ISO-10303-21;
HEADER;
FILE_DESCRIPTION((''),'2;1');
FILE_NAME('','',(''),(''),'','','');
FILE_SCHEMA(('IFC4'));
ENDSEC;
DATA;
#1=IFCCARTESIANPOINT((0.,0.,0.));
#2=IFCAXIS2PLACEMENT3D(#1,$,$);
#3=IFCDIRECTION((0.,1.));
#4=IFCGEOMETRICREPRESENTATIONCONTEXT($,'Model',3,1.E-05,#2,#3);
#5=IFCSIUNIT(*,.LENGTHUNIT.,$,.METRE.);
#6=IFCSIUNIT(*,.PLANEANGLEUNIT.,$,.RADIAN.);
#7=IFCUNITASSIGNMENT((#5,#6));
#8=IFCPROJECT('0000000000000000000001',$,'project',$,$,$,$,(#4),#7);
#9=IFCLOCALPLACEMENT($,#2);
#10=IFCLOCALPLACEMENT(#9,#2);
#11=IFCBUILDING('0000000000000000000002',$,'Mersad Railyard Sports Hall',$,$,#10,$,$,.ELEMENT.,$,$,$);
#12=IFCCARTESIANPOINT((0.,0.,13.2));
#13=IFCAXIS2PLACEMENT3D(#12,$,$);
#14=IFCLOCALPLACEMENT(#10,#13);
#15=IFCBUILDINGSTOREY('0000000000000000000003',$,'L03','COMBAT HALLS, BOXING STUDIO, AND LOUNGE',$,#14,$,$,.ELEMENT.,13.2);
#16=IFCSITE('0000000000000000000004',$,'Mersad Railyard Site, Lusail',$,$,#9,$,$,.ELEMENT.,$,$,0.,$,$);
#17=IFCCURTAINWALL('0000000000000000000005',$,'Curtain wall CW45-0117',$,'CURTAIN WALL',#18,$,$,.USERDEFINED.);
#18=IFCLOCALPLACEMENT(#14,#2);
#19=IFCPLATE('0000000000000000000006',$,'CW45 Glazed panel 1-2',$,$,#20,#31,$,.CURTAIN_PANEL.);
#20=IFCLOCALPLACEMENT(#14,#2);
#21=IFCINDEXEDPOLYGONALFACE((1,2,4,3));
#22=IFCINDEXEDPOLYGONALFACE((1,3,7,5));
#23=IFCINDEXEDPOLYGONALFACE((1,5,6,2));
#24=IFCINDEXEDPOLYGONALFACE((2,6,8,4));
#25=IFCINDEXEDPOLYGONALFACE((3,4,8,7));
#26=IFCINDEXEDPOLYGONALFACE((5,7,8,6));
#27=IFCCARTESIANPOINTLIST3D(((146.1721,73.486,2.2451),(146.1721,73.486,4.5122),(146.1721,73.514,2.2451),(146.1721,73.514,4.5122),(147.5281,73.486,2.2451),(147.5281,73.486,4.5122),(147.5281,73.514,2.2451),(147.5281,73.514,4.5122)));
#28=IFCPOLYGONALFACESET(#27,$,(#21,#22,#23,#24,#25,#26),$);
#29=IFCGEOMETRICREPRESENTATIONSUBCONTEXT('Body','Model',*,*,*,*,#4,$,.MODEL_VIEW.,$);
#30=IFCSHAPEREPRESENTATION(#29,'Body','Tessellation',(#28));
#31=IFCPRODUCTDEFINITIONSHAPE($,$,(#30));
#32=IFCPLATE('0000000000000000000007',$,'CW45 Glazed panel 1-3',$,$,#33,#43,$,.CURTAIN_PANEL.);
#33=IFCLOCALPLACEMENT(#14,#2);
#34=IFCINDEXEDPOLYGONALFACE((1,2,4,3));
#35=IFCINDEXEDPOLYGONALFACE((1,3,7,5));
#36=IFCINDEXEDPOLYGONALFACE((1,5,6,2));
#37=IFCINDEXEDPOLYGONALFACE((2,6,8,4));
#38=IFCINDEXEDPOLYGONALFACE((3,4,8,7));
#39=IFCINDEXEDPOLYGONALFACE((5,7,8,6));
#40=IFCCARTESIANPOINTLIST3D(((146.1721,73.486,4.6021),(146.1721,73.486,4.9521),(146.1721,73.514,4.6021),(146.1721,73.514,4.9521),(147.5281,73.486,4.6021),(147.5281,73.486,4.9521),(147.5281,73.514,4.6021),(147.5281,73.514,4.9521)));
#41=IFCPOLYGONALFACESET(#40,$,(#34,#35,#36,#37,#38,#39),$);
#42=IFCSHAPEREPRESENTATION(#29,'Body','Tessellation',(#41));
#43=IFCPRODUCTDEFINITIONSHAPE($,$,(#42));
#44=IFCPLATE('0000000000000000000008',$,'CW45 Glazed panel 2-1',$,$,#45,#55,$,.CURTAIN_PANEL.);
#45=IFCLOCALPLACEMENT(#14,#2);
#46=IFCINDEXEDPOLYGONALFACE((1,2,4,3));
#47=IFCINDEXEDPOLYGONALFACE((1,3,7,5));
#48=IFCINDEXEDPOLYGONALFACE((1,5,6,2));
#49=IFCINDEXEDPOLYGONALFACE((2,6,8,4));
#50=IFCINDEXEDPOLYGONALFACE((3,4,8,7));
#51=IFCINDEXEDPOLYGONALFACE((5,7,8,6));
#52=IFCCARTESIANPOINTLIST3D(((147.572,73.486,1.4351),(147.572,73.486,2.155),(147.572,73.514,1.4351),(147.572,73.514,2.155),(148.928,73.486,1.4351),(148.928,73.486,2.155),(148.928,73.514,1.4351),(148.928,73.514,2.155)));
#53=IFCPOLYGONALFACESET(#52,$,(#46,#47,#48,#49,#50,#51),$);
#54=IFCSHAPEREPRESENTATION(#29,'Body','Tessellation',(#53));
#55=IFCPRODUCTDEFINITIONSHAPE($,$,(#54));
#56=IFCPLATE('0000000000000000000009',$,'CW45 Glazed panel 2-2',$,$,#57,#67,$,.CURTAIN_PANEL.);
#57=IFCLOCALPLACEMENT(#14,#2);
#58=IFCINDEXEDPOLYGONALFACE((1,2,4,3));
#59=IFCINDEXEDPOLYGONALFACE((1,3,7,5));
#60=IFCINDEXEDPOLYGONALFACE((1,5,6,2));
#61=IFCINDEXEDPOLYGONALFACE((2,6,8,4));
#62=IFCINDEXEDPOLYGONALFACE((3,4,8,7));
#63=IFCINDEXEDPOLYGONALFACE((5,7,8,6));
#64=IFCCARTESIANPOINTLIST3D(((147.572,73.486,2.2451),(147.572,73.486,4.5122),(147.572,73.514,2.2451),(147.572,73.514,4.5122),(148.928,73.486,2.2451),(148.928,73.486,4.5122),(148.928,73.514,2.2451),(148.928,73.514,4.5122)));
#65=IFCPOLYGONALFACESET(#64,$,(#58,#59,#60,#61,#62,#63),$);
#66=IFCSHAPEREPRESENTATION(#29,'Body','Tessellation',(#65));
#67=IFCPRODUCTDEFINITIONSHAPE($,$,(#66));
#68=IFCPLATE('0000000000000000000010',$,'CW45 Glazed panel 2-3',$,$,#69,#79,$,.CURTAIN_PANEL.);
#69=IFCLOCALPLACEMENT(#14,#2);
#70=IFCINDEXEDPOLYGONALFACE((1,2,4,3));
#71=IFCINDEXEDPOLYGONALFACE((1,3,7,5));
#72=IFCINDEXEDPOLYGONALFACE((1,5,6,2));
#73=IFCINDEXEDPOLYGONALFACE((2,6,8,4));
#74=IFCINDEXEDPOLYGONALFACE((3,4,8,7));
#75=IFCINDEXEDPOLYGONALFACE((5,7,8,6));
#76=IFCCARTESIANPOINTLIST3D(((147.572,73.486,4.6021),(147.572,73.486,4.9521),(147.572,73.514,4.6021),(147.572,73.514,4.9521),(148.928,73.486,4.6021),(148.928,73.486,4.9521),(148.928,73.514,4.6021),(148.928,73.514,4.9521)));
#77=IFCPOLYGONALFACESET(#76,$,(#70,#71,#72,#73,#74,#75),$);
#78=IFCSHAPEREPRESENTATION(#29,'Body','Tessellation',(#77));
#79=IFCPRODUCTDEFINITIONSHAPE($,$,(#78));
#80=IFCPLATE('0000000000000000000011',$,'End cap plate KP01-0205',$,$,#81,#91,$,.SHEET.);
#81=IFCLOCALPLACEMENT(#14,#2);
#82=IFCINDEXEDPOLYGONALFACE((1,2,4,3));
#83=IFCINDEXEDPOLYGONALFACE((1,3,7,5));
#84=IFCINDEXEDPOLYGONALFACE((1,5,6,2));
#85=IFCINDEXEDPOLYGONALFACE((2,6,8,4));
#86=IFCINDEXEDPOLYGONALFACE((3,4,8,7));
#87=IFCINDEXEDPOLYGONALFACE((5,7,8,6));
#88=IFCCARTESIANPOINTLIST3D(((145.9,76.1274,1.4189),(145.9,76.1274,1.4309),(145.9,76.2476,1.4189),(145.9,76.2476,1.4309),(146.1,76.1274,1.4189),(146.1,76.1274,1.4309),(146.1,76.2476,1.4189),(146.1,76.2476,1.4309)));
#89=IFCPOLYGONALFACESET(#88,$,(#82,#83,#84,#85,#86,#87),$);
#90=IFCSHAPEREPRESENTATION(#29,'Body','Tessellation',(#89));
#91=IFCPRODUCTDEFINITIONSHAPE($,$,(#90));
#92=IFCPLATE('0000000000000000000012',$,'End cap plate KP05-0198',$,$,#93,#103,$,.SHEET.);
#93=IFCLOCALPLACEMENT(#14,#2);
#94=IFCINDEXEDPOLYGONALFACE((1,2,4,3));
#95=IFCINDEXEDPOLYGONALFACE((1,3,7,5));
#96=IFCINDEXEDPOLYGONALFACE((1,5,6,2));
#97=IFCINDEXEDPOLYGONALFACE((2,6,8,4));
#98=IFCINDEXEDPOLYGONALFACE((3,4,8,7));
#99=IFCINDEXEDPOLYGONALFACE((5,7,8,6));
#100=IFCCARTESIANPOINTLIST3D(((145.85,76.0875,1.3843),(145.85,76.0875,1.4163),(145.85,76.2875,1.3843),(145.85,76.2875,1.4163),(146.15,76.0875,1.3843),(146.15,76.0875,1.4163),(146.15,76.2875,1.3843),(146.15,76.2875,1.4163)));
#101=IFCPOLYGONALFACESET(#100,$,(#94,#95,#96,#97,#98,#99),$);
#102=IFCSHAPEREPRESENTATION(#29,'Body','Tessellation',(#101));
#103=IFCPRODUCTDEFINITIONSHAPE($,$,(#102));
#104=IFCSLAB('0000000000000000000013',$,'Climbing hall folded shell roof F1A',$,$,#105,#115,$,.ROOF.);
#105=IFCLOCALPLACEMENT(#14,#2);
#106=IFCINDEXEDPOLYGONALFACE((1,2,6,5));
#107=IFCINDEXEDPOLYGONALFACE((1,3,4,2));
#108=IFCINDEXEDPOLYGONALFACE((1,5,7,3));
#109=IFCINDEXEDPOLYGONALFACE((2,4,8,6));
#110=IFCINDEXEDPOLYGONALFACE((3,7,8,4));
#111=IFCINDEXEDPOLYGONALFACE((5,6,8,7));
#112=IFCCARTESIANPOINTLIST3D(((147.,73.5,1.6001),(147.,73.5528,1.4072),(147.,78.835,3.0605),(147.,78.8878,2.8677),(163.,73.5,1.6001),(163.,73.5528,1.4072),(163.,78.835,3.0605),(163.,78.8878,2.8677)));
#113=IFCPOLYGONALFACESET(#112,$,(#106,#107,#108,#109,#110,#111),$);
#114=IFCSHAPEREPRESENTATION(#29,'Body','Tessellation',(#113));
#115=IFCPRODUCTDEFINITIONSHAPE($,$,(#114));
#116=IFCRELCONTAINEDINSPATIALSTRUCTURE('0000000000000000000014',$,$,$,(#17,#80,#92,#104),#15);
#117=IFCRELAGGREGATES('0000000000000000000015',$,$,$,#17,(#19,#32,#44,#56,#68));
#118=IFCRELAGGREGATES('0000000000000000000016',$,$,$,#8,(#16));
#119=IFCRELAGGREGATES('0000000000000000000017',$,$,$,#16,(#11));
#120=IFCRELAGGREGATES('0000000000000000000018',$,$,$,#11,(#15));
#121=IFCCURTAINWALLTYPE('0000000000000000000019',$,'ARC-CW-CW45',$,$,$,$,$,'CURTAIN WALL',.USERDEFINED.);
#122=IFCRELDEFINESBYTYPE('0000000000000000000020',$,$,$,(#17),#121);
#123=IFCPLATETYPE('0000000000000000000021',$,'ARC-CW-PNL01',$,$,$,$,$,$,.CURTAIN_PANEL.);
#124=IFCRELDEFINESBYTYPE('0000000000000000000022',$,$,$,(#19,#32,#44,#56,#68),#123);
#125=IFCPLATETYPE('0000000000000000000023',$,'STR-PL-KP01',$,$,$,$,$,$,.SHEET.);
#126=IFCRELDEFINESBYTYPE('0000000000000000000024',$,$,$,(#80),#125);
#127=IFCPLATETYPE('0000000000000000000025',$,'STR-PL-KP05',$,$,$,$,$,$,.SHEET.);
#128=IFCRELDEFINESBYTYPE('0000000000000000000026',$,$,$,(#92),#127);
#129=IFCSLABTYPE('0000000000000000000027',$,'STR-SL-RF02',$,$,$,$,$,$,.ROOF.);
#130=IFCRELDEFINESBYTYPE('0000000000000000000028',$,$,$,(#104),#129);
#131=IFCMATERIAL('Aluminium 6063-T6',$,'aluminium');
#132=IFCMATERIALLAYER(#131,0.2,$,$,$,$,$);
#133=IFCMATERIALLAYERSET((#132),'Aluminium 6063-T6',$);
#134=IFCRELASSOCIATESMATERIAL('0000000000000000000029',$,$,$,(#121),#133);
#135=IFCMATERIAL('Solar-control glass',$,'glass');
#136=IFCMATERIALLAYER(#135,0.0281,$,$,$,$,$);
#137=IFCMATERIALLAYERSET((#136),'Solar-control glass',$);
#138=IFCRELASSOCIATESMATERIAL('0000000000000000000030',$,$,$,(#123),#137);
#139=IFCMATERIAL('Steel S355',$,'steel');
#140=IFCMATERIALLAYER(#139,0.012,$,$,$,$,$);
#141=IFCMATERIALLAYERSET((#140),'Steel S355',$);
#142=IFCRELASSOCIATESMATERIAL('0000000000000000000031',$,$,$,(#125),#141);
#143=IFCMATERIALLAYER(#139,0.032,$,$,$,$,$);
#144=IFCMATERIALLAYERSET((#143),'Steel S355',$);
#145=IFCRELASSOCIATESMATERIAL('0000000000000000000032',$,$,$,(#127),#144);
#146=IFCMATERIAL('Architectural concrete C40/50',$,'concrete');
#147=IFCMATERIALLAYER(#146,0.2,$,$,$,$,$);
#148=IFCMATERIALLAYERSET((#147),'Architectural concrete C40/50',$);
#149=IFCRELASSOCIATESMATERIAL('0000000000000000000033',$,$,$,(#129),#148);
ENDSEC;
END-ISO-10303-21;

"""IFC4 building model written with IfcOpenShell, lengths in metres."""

from ifc_helpers import new_model, si_unit, direction, frame, origin, origin_2d, place, context, subcontext, project, spatial, polyline, rectangle, outline, extrude, material, layer, layer_set, type_object, element, aggregate, save


model = new_model("IFC4")

# Units and contexts
model_context = context("Model", 3, precision=1e-05, world=origin(), true_north=direction((0.0, 1.0)))
body_context = subcontext(model_context, "Body", "Model", "MODEL_VIEW")
ifc_project = project(units=[si_unit("LENGTHUNIT", "METRE"), si_unit("PLANEANGLEUNIT", "RADIAN")], contexts=[model_context])

# Site, building, storey
site_placement = place(None, origin())
site = spatial("IfcSite", under=ifc_project, at=site_placement, Name="Mersad Railyard Site, Lusail", CompositionType="ELEMENT", RefElevation=0.0)
building_placement = place(site_placement, origin())
building = spatial("IfcBuilding", under=site, at=building_placement, Name="Mersad Railyard Sports Hall", CompositionType="ELEMENT")
storey_placement = place(building_placement, frame((0.0, 0.0, 13.2)))
storey = spatial("IfcBuildingStorey", under=building, at=storey_placement, Name="L03", Description="COMBAT HALLS, BOXING STUDIO, AND LOUNGE", CompositionType="ELEMENT", Elevation=13.2)

# Shared definitions
ifc_material_1 = material(Name="Aluminium 6063-T6", Category="aluminium")

# Curtain wall
ifc_layer_1 = layer(ifc_material_1, 0.2)
ifc_layer_set_1 = layer_set([ifc_layer_1], Name="Aluminium 6063-T6")
curtain_wall_type_1 = type_object("IfcCurtainWallType", Name="ARC-CW-CW45", ElementType="CURTAIN WALL", PredefinedType="USERDEFINED", material=ifc_layer_set_1)
curtain_wall_1_placement = place(storey_placement, origin())
curtain_wall_1 = element("IfcCurtainWall", 1, at=curtain_wall_1_placement, inside=storey, type_object=curtain_wall_type_1, Name="Curtain wall CW45-0117", ObjectType="CURTAIN WALL", PredefinedType="USERDEFINED")

# Shared definitions
ifc_material_2 = material(Name="Steel S355", Category="steel")

# Plates
ifc_material_3 = material(Name="Solar-control glass", Category="glass")
ifc_layer_2 = layer(ifc_material_3, 0.0281)
ifc_layer_set_2 = layer_set([ifc_layer_2], Name="Solar-control glass")
plate_type_1 = type_object("IfcPlateType", Name="ARC-CW-PNL01", PredefinedType="CURTAIN_PANEL", material=ifc_layer_set_2)
plate_1_placement = place(storey_placement, frame((146.8501, 73.5, 2.2451), z_axis=(0.0, 0.0, 1.0), x_axis=(1.0, 0.0, 0.0)))
plate_1 = element("IfcPlate", 2, at=plate_1_placement, type_object=plate_type_1, Name="CW45 Glazed panel 1-2", PredefinedType="CURTAIN_PANEL", context=body_context, shape_type="SweptSolid", body=[
    extrude(rectangle(XDim=1.356, YDim=0.0281, at=origin_2d()), origin(), (0.0, 0.0, 1.0), 2.2671),
])
plate_2_placement = place(storey_placement, frame((146.8501, 73.5, 4.6021), z_axis=(0.0, 0.0, 1.0), x_axis=(1.0, 0.0, 0.0)))
plate_2 = element("IfcPlate", 3, at=plate_2_placement, type_object=plate_type_1, Name="CW45 Glazed panel 1-3", PredefinedType="CURTAIN_PANEL", context=body_context, shape_type="SweptSolid", body=[
    extrude(rectangle(XDim=1.356, YDim=0.0281, at=origin_2d()), origin(), (0.0, 0.0, 1.0), 0.3501),
])
plate_3_placement = place(storey_placement, frame((148.25, 73.5, 1.4351), z_axis=(0.0, 0.0, 1.0), x_axis=(1.0, 0.0, 0.0)))
plate_3 = element("IfcPlate", 4, at=plate_3_placement, type_object=plate_type_1, Name="CW45 Glazed panel 2-1", PredefinedType="CURTAIN_PANEL", context=body_context, shape_type="SweptSolid", body=[
    extrude(rectangle(XDim=1.356, YDim=0.0281, at=origin_2d()), origin(), (0.0, 0.0, 1.0), 0.72),
])
plate_4_placement = place(storey_placement, frame((148.25, 73.5, 2.2451), z_axis=(0.0, 0.0, 1.0), x_axis=(1.0, 0.0, 0.0)))
plate_4 = element("IfcPlate", 5, at=plate_4_placement, type_object=plate_type_1, Name="CW45 Glazed panel 2-2", PredefinedType="CURTAIN_PANEL", context=body_context, shape_type="SweptSolid", body=[
    extrude(rectangle(XDim=1.356, YDim=0.0281, at=origin_2d()), origin(), (0.0, 0.0, 1.0), 2.2671),
])
plate_5_placement = place(storey_placement, frame((148.25, 73.5, 4.6021), z_axis=(0.0, 0.0, 1.0), x_axis=(1.0, 0.0, 0.0)))
plate_5 = element("IfcPlate", 6, at=plate_5_placement, type_object=plate_type_1, Name="CW45 Glazed panel 2-3", PredefinedType="CURTAIN_PANEL", context=body_context, shape_type="SweptSolid", body=[
    extrude(rectangle(XDim=1.356, YDim=0.0281, at=origin_2d()), origin(), (0.0, 0.0, 1.0), 0.3501),
])
aggregate(curtain_wall_1, [plate_1, plate_2, plate_3, plate_4, plate_5])

# Plates
ifc_layer_3 = layer(ifc_material_2, 0.012)
ifc_layer_set_3 = layer_set([ifc_layer_3], Name="Steel S355")
plate_type_2 = type_object("IfcPlateType", Name="STR-PL-KP01", PredefinedType="SHEET", material=ifc_layer_set_3)
plate_6_placement = place(storey_placement, frame((146.0, 76.1875, 1.4189), z_axis=(0.0, 0.0, 1.0), x_axis=(1.0, 0.0, 0.0)))
element("IfcPlate", 7, at=plate_6_placement, inside=storey, type_object=plate_type_2, Name="End cap plate KP01-0205", PredefinedType="SHEET", context=body_context, shape_type="SweptSolid", body=[
    extrude(rectangle(XDim=0.2, YDim=0.1201, at=origin_2d()), origin(), (0.0, 0.0, 1.0), 0.012),
])
ifc_layer_4 = layer(ifc_material_2, 0.032)
ifc_layer_set_4 = layer_set([ifc_layer_4], Name="Steel S355")
plate_type_3 = type_object("IfcPlateType", Name="STR-PL-KP05", PredefinedType="SHEET", material=ifc_layer_set_4)
plate_7_placement = place(storey_placement, frame((146.0, 76.1875, 1.3843), z_axis=(0.0, 0.0, 1.0), x_axis=(1.0, 0.0, 0.0)))
element("IfcPlate", 8, at=plate_7_placement, inside=storey, type_object=plate_type_3, Name="End cap plate KP05-0198", PredefinedType="SHEET", context=body_context, shape_type="SweptSolid", body=[
    extrude(rectangle(XDim=0.3, YDim=0.2, at=origin_2d()), origin(), (0.0, 0.0, 1.0), 0.032),
])

# Slab
ifc_material_4 = material(Name="Architectural concrete C40/50", Category="concrete")
ifc_layer_5 = layer(ifc_material_4, 0.2)
ifc_layer_set_5 = layer_set([ifc_layer_5], Name="Architectural concrete C40/50")
slab_type = type_object("IfcSlabType", Name="STR-SL-RF02", PredefinedType="ROOF", material=ifc_layer_set_5)
slab_placement = place(storey_placement, frame((147.0, 73.5, 1.6001), z_axis=(0.0, -0.264036, 0.964513), x_axis=(1.0, 0.0, 0.0)))
element("IfcSlab", 9, at=slab_placement, inside=storey, type_object=slab_type, Name="Climbing hall folded shell roof F1A", PredefinedType="ROOF", context=body_context, shape_type="SweptSolid", body=[
    extrude(outline(polyline([(0.0, 0.0), (16.0, 0.0), (16.0, 5.5312), (0.0, 5.5312), (0.0, 0.0)])), origin(), (0.0, 0.0, -1.0), 0.2),
])

save(model, "model.ifc")
